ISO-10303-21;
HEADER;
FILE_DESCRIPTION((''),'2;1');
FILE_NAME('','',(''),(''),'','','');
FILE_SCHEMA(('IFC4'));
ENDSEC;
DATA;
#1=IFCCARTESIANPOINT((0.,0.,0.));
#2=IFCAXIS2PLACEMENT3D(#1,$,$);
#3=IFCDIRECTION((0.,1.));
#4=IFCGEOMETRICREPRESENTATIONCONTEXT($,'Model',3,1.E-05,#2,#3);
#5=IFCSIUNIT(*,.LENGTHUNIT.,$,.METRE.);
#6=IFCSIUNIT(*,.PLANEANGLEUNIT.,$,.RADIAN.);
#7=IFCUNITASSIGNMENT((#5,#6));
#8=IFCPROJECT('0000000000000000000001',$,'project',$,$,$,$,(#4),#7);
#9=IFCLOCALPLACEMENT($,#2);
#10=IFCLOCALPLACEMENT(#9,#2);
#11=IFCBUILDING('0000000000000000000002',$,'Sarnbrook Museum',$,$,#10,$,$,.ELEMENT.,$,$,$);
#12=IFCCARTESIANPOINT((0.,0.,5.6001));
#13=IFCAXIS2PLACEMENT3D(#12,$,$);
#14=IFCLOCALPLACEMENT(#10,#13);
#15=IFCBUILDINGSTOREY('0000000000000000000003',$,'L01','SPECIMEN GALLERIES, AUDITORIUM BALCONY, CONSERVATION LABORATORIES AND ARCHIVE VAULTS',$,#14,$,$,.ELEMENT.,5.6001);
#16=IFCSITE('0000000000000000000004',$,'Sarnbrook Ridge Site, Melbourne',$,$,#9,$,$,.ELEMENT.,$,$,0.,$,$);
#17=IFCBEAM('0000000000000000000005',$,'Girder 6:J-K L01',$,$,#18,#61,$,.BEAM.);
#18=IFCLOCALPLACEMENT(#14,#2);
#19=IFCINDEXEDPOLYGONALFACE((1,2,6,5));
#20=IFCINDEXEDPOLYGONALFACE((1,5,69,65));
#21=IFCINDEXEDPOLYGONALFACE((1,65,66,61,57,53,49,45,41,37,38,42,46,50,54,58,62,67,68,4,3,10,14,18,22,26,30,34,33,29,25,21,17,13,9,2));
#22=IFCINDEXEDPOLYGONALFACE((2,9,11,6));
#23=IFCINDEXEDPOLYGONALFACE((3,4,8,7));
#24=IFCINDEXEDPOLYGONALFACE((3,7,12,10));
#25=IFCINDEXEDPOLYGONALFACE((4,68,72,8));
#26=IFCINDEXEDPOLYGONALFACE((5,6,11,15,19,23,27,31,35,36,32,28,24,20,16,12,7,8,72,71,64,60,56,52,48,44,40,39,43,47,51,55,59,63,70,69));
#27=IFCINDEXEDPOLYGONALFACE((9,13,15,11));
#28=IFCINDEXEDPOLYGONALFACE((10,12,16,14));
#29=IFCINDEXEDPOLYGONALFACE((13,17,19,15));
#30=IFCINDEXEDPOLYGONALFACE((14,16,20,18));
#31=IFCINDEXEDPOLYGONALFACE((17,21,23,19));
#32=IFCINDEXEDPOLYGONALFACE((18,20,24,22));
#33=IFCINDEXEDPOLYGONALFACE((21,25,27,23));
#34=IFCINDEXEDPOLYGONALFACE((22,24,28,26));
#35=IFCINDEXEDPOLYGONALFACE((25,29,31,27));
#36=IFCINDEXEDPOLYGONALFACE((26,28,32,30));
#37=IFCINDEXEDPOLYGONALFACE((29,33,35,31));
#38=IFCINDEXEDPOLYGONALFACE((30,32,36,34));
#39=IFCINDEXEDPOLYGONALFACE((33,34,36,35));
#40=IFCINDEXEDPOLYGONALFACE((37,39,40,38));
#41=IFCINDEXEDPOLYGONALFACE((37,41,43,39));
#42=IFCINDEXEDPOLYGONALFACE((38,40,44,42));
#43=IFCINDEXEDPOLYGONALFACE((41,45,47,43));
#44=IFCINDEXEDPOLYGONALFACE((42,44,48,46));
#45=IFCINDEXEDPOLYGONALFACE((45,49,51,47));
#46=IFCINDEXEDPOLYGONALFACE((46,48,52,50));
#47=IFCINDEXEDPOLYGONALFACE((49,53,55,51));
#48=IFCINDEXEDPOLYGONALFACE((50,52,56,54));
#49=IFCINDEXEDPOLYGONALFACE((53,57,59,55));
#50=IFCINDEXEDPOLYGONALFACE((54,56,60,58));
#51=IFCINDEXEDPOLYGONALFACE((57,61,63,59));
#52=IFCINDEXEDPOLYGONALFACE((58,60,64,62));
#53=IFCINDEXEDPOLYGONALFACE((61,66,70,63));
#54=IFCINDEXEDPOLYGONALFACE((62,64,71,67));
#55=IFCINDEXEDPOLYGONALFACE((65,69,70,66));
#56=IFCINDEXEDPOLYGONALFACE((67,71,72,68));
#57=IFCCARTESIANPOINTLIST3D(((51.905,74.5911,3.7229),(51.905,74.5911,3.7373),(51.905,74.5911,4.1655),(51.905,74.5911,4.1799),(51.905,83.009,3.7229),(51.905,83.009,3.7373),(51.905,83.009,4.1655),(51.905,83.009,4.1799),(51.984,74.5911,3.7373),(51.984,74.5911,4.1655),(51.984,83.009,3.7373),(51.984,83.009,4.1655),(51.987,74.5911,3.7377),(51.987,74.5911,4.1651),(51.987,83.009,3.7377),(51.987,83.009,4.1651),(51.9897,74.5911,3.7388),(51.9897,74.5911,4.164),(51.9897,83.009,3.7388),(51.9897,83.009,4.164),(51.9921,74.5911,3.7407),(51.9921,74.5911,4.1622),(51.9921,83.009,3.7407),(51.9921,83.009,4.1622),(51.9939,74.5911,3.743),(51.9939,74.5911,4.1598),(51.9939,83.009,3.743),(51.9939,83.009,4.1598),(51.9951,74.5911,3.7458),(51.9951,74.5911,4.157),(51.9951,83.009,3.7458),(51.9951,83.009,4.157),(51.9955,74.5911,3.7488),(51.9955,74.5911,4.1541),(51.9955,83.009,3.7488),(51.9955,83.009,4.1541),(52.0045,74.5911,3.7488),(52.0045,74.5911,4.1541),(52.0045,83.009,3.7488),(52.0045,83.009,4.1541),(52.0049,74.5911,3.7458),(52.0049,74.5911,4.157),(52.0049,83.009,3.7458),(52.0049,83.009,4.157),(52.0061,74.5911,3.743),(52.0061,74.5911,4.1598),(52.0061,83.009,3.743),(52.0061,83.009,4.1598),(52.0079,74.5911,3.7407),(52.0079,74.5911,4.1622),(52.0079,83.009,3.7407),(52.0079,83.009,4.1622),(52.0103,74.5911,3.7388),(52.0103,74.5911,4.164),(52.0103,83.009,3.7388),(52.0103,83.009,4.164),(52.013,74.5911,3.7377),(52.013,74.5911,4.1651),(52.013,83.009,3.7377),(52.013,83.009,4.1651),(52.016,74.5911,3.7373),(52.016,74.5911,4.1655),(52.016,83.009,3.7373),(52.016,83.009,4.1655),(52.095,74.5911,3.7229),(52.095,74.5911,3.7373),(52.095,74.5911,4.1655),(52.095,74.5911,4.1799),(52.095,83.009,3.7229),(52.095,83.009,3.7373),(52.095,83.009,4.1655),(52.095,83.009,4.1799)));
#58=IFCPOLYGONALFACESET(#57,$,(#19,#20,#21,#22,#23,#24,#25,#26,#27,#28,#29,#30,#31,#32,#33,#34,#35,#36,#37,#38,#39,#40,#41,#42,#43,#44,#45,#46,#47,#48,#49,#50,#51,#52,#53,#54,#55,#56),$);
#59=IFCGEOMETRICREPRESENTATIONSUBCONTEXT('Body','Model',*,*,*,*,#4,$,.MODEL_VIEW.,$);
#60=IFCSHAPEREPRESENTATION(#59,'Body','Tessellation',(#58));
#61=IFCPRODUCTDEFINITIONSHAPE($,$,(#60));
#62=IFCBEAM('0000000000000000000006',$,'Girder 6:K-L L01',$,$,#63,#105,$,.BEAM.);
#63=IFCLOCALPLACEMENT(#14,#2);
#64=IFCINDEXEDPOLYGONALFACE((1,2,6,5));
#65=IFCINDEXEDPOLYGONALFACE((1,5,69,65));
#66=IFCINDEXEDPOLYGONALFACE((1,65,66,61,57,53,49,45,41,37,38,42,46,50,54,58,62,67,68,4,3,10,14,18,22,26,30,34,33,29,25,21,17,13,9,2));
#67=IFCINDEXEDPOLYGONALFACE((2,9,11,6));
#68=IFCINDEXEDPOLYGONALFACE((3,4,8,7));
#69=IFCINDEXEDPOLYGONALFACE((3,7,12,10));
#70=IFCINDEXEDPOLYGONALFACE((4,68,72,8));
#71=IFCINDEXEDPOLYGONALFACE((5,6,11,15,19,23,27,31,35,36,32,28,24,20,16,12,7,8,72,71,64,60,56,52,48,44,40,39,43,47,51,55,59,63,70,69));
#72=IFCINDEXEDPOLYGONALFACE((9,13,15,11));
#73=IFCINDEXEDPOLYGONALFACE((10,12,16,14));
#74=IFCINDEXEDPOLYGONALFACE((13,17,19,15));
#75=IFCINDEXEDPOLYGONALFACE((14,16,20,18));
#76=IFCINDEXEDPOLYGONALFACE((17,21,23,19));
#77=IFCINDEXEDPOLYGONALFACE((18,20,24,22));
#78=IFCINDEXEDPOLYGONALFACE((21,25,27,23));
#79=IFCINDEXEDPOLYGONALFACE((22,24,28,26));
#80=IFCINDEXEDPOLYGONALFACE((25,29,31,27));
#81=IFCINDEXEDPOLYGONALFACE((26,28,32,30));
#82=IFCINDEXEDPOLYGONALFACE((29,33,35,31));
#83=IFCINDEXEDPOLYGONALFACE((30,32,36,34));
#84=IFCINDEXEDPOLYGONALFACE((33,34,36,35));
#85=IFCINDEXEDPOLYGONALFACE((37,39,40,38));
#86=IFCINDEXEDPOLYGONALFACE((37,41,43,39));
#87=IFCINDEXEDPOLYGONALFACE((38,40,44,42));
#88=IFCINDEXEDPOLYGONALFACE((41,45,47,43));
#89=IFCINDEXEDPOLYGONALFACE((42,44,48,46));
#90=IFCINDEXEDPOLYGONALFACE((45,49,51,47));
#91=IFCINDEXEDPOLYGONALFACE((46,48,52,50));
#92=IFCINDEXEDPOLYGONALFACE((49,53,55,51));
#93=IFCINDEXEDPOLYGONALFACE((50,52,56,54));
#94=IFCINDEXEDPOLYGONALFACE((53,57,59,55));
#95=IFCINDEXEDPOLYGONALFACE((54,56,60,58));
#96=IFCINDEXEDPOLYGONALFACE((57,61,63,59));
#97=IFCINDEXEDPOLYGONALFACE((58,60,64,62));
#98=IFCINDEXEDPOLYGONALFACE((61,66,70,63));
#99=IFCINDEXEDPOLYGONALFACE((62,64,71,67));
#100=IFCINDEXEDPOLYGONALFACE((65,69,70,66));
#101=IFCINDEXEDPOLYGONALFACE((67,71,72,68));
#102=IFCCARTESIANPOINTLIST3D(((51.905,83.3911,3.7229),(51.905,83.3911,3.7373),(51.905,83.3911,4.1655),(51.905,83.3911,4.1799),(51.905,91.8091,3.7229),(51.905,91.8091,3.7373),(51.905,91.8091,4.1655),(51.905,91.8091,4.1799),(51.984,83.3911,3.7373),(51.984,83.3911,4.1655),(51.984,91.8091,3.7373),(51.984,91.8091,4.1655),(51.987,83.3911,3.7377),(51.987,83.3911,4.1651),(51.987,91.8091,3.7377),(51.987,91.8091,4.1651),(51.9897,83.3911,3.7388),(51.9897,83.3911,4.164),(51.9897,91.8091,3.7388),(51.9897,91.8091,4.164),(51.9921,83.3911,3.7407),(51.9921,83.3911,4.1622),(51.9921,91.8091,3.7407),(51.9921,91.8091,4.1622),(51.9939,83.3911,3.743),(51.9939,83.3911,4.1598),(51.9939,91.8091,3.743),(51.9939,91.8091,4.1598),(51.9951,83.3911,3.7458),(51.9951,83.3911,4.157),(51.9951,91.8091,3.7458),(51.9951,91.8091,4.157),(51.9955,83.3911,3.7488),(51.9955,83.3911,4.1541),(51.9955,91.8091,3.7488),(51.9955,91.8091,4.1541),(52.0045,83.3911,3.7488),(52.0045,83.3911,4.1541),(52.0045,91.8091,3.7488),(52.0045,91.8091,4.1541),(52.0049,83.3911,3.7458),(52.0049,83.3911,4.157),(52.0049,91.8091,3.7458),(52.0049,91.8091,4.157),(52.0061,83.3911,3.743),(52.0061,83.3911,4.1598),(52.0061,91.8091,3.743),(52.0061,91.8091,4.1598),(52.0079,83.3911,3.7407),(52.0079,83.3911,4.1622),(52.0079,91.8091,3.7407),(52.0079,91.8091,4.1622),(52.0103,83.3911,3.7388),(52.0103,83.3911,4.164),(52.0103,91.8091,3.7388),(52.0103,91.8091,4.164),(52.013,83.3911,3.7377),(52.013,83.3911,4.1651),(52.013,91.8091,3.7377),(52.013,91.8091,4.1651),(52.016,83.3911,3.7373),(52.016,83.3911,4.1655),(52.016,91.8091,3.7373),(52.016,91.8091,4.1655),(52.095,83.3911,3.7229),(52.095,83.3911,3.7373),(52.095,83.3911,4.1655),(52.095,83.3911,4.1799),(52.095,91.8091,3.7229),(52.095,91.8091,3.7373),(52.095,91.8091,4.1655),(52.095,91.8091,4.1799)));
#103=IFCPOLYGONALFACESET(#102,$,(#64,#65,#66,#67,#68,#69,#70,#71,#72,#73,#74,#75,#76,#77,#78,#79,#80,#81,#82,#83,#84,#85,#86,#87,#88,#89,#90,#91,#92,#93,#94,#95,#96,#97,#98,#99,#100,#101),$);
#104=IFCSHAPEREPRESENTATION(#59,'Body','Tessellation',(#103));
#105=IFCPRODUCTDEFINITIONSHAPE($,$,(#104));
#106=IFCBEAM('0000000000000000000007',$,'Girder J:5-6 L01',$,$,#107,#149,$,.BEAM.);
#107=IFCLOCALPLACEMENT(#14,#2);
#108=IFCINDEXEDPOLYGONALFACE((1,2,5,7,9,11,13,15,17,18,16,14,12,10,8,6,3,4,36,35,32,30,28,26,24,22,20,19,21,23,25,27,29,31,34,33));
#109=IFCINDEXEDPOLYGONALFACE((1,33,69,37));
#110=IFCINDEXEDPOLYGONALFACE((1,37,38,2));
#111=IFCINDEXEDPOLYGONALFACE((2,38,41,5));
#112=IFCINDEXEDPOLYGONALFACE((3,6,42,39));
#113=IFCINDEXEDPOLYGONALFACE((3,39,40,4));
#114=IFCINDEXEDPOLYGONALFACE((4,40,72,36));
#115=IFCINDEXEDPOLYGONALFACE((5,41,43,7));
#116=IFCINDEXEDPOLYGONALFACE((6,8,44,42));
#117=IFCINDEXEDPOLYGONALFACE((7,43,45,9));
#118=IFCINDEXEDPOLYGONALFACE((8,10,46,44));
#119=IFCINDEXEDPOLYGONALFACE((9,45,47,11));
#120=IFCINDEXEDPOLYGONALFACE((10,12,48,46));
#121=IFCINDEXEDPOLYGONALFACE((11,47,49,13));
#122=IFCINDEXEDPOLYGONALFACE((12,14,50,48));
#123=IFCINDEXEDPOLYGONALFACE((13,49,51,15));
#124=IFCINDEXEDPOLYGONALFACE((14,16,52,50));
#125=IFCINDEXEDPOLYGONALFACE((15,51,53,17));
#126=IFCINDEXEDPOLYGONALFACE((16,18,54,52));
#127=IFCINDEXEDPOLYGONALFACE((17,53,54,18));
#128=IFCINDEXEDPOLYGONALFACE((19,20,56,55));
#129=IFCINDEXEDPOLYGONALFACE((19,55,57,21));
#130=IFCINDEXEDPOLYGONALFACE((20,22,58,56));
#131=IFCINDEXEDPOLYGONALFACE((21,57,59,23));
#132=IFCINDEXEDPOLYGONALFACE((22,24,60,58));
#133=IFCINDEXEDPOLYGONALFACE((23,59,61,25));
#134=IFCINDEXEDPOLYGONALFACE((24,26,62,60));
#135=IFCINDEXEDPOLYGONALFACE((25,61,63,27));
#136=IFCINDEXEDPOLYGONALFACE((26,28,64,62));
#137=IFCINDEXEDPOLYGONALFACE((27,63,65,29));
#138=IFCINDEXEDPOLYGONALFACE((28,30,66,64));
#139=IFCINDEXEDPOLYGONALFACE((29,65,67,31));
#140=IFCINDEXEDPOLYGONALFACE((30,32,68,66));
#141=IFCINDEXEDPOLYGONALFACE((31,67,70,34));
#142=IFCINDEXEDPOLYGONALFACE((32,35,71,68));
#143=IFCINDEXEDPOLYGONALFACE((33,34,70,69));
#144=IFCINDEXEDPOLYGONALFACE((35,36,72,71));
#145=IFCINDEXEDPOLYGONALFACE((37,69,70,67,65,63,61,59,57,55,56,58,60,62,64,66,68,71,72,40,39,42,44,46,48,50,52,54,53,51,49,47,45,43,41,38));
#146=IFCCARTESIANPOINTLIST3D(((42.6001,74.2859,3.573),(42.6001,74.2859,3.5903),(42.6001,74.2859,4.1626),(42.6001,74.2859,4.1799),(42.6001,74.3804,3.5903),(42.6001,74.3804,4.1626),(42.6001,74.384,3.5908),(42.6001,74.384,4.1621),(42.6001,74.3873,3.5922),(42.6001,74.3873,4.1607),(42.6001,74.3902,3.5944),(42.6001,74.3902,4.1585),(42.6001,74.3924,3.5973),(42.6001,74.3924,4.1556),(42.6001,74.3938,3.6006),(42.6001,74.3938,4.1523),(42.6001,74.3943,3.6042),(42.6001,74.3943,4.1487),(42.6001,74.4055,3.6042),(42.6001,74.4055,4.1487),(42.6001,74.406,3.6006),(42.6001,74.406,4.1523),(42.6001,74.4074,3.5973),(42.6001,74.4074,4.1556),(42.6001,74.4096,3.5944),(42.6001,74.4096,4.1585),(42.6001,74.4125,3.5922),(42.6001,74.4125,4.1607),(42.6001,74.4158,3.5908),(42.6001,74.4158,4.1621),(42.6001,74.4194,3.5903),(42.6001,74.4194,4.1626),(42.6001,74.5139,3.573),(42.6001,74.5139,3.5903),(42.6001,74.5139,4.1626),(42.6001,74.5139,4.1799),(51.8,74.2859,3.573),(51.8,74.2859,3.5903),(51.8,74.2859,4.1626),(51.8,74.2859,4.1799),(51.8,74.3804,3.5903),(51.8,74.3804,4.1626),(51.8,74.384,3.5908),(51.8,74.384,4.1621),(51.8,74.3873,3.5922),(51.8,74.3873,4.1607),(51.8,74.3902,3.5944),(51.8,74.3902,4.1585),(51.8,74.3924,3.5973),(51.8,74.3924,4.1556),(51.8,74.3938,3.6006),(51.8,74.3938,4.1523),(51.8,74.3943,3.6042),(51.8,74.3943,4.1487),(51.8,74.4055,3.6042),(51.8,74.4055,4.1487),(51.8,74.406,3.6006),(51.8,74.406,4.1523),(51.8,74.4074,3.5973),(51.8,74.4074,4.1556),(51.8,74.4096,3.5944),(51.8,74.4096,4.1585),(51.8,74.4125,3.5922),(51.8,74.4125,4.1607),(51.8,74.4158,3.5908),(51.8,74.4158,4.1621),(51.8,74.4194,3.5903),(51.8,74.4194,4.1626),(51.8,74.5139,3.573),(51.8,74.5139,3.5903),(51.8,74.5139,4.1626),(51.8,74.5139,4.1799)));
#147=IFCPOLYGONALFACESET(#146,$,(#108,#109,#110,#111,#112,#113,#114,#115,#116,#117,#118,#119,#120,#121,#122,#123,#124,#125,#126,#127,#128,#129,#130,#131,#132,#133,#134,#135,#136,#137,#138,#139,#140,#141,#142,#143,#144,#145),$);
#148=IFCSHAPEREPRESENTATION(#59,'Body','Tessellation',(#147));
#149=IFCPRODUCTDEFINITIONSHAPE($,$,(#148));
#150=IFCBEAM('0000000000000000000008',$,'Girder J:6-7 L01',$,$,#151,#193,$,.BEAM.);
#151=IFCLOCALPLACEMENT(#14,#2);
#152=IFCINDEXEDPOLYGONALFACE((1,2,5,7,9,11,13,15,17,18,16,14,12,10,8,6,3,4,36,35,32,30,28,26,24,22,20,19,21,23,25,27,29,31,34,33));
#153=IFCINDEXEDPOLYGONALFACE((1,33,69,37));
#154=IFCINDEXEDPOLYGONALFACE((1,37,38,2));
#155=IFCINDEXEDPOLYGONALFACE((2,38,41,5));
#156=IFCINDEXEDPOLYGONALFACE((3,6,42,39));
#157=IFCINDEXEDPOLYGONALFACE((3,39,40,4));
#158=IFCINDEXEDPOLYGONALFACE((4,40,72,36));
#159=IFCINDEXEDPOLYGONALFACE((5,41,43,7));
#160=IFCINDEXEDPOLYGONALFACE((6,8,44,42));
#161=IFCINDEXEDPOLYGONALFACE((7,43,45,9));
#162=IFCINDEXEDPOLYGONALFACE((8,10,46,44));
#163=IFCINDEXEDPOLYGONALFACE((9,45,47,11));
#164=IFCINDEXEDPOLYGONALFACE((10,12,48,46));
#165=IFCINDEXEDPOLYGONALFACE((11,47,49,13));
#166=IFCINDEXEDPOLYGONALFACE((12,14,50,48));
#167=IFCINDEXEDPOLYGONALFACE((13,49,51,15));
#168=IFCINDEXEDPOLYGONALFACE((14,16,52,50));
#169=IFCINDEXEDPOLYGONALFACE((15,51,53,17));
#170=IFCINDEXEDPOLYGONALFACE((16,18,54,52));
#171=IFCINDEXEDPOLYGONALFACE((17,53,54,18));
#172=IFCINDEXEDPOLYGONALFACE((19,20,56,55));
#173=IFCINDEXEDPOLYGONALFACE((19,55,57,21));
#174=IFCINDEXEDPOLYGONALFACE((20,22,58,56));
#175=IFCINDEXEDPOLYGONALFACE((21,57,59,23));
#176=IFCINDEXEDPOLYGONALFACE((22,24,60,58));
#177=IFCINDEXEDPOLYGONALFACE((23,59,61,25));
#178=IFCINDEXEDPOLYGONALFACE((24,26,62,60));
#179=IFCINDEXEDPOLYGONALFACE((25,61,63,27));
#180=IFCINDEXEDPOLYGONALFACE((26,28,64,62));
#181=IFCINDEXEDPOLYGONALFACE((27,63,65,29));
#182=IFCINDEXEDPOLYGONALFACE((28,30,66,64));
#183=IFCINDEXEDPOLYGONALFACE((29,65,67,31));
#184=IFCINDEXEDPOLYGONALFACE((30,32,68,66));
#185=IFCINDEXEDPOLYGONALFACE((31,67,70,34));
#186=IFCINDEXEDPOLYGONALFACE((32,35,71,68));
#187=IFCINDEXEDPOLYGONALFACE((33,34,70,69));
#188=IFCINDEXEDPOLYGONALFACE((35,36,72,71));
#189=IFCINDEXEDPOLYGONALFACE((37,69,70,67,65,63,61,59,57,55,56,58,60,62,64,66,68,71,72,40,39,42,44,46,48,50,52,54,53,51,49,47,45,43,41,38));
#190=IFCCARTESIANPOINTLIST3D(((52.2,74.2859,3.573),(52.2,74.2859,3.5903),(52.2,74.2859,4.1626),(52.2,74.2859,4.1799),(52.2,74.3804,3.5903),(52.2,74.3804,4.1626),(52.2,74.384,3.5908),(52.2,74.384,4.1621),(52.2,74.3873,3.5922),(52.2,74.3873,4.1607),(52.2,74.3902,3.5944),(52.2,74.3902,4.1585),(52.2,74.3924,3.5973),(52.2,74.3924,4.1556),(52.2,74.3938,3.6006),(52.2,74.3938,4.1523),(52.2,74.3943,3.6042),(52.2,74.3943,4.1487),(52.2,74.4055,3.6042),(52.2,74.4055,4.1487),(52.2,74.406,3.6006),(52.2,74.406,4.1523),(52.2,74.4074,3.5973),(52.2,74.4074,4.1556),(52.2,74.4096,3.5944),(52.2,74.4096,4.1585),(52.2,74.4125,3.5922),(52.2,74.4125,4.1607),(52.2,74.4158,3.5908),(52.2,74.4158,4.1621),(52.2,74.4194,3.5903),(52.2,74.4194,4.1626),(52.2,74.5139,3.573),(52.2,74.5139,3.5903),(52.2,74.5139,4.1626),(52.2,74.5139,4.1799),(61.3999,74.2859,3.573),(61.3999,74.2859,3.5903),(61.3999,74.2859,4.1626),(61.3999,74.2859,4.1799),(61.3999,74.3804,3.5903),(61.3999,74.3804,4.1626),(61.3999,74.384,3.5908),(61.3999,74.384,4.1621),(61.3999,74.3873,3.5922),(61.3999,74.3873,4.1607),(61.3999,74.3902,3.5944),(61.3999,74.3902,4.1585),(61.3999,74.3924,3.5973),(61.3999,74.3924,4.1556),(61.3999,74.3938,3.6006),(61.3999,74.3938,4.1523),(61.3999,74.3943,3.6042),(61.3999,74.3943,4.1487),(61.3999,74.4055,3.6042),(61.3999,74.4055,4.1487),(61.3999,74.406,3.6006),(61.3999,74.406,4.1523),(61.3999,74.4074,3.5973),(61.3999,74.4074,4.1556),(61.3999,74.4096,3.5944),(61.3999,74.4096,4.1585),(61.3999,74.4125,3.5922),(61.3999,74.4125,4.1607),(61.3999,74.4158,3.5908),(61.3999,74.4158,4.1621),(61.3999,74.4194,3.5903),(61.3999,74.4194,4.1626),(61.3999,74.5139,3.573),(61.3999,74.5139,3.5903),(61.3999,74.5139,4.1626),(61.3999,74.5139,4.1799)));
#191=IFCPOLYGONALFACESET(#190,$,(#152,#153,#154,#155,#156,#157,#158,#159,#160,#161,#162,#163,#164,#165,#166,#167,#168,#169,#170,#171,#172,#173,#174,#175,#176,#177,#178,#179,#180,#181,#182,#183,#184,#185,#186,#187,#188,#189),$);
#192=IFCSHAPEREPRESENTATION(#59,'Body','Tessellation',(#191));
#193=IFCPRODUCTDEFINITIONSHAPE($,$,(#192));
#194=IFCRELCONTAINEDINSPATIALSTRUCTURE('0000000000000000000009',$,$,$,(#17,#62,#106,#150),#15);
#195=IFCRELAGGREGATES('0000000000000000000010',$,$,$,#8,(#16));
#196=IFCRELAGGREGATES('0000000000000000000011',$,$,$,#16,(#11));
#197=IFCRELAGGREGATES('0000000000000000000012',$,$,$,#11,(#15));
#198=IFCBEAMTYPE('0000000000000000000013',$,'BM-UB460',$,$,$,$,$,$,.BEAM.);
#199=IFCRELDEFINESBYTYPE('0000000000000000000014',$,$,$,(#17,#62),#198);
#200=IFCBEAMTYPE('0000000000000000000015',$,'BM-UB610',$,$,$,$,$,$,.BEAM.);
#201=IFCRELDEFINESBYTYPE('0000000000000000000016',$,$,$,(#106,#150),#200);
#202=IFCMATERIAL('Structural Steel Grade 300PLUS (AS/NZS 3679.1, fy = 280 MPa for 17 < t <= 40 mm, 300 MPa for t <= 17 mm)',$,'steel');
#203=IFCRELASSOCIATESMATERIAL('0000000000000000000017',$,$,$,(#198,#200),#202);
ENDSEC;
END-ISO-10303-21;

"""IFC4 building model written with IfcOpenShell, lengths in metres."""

from ifc_helpers import new_model, si_unit, direction, frame, origin, origin_2d, place, context, subcontext, project, spatial, i_section, extrude, material, material_profile, profile_set, type_object, element, save


model = new_model("IFC4")

# Units and contexts
model_context = context("Model", 3, precision=1e-05, world=origin(), true_north=direction((0.0, 1.0)))
body_context = subcontext(model_context, "Body", "Model", "MODEL_VIEW")
ifc_project = project(units=[si_unit("LENGTHUNIT", "METRE"), si_unit("PLANEANGLEUNIT", "RADIAN")], contexts=[model_context])

# Site, building, storey
site_placement = place(None, origin())
site = spatial("IfcSite", under=ifc_project, at=site_placement, Name="Sarnbrook Ridge Site, Melbourne", CompositionType="ELEMENT", RefElevation=0.0)
building_placement = place(site_placement, origin())
building = spatial("IfcBuilding", under=site, at=building_placement, Name="Sarnbrook Museum", CompositionType="ELEMENT")
storey_placement = place(building_placement, frame((0.0, 0.0, 5.6001)))
storey = spatial("IfcBuildingStorey", under=building, at=storey_placement, Name="L01", Description="SPECIMEN GALLERIES, AUDITORIUM BALCONY, CONSERVATION LABORATORIES AND ARCHIVE VAULTS", CompositionType="ELEMENT", Elevation=5.6001)

# Beams
ifc_material_1 = material(Name="Structural Steel Grade 300PLUS (AS/NZS 3679.1, fy = 280 MPa for 17 < t <= 40 mm, 300 MPa for t <= 17 mm)", Category="steel")
ifc_material_profile_1 = material_profile(ifc_material_1, i_section(OverallWidth=0.1899, OverallDepth=0.457, WebThickness=0.009, FlangeThickness=0.0144, FilletRadius=0.0115, at=origin_2d()), Name="460UB74.6")
ifc_profile_set_1 = profile_set([ifc_material_profile_1], Name="Structural Steel Grade 300PLUS (AS/NZS 3679.1, fy = 280 MPa for 17 < t <= 40 mm, 300 MPa for t <= 17 mm)")
beam_type_1 = type_object("IfcBeamType", Name="BM-UB460", PredefinedType="BEAM", material=ifc_profile_set_1)
for number, where, z_axis, x_axis, name in (
    (1, (52.0, 74.5911, 3.9514), (0.0, 1.0, 0.0), (-1.0, 0.0, 0.0), "Girder 6:J-K L01"),
    (2, (52.0, 83.3911, 3.9514), (0.0, 1.0, 0.0), (-1.0, 0.0, 0.0), "Girder 6:K-L L01"),
):
    element("IfcBeam", number, at=place(storey_placement, frame(where, z_axis=z_axis, x_axis=x_axis)), inside=storey, type_object=beam_type_1, Name=name, PredefinedType="BEAM", context=body_context, shape_type="SweptSolid", body=[
        extrude(i_section(OverallWidth=0.1899, OverallDepth=0.457, WebThickness=0.009, FlangeThickness=0.0144, FilletRadius=0.0115, at=origin_2d()), origin(), (0.0, 0.0, 1.0), 8.418),
    ])
ifc_material_profile_2 = material_profile(ifc_material_1, i_section(OverallWidth=0.228, OverallDepth=0.6069, WebThickness=0.0112, FlangeThickness=0.0173, FilletRadius=0.0139, at=origin_2d()), Name="610UB113")
ifc_profile_set_2 = profile_set([ifc_material_profile_2], Name="Structural Steel Grade 300PLUS (AS/NZS 3679.1, fy = 280 MPa for 17 < t <= 40 mm, 300 MPa for t <= 17 mm)")
beam_type_2 = type_object("IfcBeamType", Name="BM-UB610", PredefinedType="BEAM", material=ifc_profile_set_2)
for number, where, z_axis, x_axis, name in (
    (3, (42.6001, 74.3999, 3.8765), (1.0, 0.0, 0.0), (0.0, 1.0, 0.0), "Girder J:5-6 L01"),
    (4, (52.2, 74.3999, 3.8765), (1.0, 0.0, 0.0), (0.0, 1.0, 0.0), "Girder J:6-7 L01"),
):
    element("IfcBeam", number, at=place(storey_placement, frame(where, z_axis=z_axis, x_axis=x_axis)), inside=storey, type_object=beam_type_2, Name=name, PredefinedType="BEAM", context=body_context, shape_type="SweptSolid", body=[
        extrude(i_section(OverallWidth=0.228, OverallDepth=0.6069, WebThickness=0.0112, FlangeThickness=0.0173, FilletRadius=0.0139, at=origin_2d()), origin(), (0.0, 0.0, 1.0), 9.2),
    ])

save(model, "model.ifc")
